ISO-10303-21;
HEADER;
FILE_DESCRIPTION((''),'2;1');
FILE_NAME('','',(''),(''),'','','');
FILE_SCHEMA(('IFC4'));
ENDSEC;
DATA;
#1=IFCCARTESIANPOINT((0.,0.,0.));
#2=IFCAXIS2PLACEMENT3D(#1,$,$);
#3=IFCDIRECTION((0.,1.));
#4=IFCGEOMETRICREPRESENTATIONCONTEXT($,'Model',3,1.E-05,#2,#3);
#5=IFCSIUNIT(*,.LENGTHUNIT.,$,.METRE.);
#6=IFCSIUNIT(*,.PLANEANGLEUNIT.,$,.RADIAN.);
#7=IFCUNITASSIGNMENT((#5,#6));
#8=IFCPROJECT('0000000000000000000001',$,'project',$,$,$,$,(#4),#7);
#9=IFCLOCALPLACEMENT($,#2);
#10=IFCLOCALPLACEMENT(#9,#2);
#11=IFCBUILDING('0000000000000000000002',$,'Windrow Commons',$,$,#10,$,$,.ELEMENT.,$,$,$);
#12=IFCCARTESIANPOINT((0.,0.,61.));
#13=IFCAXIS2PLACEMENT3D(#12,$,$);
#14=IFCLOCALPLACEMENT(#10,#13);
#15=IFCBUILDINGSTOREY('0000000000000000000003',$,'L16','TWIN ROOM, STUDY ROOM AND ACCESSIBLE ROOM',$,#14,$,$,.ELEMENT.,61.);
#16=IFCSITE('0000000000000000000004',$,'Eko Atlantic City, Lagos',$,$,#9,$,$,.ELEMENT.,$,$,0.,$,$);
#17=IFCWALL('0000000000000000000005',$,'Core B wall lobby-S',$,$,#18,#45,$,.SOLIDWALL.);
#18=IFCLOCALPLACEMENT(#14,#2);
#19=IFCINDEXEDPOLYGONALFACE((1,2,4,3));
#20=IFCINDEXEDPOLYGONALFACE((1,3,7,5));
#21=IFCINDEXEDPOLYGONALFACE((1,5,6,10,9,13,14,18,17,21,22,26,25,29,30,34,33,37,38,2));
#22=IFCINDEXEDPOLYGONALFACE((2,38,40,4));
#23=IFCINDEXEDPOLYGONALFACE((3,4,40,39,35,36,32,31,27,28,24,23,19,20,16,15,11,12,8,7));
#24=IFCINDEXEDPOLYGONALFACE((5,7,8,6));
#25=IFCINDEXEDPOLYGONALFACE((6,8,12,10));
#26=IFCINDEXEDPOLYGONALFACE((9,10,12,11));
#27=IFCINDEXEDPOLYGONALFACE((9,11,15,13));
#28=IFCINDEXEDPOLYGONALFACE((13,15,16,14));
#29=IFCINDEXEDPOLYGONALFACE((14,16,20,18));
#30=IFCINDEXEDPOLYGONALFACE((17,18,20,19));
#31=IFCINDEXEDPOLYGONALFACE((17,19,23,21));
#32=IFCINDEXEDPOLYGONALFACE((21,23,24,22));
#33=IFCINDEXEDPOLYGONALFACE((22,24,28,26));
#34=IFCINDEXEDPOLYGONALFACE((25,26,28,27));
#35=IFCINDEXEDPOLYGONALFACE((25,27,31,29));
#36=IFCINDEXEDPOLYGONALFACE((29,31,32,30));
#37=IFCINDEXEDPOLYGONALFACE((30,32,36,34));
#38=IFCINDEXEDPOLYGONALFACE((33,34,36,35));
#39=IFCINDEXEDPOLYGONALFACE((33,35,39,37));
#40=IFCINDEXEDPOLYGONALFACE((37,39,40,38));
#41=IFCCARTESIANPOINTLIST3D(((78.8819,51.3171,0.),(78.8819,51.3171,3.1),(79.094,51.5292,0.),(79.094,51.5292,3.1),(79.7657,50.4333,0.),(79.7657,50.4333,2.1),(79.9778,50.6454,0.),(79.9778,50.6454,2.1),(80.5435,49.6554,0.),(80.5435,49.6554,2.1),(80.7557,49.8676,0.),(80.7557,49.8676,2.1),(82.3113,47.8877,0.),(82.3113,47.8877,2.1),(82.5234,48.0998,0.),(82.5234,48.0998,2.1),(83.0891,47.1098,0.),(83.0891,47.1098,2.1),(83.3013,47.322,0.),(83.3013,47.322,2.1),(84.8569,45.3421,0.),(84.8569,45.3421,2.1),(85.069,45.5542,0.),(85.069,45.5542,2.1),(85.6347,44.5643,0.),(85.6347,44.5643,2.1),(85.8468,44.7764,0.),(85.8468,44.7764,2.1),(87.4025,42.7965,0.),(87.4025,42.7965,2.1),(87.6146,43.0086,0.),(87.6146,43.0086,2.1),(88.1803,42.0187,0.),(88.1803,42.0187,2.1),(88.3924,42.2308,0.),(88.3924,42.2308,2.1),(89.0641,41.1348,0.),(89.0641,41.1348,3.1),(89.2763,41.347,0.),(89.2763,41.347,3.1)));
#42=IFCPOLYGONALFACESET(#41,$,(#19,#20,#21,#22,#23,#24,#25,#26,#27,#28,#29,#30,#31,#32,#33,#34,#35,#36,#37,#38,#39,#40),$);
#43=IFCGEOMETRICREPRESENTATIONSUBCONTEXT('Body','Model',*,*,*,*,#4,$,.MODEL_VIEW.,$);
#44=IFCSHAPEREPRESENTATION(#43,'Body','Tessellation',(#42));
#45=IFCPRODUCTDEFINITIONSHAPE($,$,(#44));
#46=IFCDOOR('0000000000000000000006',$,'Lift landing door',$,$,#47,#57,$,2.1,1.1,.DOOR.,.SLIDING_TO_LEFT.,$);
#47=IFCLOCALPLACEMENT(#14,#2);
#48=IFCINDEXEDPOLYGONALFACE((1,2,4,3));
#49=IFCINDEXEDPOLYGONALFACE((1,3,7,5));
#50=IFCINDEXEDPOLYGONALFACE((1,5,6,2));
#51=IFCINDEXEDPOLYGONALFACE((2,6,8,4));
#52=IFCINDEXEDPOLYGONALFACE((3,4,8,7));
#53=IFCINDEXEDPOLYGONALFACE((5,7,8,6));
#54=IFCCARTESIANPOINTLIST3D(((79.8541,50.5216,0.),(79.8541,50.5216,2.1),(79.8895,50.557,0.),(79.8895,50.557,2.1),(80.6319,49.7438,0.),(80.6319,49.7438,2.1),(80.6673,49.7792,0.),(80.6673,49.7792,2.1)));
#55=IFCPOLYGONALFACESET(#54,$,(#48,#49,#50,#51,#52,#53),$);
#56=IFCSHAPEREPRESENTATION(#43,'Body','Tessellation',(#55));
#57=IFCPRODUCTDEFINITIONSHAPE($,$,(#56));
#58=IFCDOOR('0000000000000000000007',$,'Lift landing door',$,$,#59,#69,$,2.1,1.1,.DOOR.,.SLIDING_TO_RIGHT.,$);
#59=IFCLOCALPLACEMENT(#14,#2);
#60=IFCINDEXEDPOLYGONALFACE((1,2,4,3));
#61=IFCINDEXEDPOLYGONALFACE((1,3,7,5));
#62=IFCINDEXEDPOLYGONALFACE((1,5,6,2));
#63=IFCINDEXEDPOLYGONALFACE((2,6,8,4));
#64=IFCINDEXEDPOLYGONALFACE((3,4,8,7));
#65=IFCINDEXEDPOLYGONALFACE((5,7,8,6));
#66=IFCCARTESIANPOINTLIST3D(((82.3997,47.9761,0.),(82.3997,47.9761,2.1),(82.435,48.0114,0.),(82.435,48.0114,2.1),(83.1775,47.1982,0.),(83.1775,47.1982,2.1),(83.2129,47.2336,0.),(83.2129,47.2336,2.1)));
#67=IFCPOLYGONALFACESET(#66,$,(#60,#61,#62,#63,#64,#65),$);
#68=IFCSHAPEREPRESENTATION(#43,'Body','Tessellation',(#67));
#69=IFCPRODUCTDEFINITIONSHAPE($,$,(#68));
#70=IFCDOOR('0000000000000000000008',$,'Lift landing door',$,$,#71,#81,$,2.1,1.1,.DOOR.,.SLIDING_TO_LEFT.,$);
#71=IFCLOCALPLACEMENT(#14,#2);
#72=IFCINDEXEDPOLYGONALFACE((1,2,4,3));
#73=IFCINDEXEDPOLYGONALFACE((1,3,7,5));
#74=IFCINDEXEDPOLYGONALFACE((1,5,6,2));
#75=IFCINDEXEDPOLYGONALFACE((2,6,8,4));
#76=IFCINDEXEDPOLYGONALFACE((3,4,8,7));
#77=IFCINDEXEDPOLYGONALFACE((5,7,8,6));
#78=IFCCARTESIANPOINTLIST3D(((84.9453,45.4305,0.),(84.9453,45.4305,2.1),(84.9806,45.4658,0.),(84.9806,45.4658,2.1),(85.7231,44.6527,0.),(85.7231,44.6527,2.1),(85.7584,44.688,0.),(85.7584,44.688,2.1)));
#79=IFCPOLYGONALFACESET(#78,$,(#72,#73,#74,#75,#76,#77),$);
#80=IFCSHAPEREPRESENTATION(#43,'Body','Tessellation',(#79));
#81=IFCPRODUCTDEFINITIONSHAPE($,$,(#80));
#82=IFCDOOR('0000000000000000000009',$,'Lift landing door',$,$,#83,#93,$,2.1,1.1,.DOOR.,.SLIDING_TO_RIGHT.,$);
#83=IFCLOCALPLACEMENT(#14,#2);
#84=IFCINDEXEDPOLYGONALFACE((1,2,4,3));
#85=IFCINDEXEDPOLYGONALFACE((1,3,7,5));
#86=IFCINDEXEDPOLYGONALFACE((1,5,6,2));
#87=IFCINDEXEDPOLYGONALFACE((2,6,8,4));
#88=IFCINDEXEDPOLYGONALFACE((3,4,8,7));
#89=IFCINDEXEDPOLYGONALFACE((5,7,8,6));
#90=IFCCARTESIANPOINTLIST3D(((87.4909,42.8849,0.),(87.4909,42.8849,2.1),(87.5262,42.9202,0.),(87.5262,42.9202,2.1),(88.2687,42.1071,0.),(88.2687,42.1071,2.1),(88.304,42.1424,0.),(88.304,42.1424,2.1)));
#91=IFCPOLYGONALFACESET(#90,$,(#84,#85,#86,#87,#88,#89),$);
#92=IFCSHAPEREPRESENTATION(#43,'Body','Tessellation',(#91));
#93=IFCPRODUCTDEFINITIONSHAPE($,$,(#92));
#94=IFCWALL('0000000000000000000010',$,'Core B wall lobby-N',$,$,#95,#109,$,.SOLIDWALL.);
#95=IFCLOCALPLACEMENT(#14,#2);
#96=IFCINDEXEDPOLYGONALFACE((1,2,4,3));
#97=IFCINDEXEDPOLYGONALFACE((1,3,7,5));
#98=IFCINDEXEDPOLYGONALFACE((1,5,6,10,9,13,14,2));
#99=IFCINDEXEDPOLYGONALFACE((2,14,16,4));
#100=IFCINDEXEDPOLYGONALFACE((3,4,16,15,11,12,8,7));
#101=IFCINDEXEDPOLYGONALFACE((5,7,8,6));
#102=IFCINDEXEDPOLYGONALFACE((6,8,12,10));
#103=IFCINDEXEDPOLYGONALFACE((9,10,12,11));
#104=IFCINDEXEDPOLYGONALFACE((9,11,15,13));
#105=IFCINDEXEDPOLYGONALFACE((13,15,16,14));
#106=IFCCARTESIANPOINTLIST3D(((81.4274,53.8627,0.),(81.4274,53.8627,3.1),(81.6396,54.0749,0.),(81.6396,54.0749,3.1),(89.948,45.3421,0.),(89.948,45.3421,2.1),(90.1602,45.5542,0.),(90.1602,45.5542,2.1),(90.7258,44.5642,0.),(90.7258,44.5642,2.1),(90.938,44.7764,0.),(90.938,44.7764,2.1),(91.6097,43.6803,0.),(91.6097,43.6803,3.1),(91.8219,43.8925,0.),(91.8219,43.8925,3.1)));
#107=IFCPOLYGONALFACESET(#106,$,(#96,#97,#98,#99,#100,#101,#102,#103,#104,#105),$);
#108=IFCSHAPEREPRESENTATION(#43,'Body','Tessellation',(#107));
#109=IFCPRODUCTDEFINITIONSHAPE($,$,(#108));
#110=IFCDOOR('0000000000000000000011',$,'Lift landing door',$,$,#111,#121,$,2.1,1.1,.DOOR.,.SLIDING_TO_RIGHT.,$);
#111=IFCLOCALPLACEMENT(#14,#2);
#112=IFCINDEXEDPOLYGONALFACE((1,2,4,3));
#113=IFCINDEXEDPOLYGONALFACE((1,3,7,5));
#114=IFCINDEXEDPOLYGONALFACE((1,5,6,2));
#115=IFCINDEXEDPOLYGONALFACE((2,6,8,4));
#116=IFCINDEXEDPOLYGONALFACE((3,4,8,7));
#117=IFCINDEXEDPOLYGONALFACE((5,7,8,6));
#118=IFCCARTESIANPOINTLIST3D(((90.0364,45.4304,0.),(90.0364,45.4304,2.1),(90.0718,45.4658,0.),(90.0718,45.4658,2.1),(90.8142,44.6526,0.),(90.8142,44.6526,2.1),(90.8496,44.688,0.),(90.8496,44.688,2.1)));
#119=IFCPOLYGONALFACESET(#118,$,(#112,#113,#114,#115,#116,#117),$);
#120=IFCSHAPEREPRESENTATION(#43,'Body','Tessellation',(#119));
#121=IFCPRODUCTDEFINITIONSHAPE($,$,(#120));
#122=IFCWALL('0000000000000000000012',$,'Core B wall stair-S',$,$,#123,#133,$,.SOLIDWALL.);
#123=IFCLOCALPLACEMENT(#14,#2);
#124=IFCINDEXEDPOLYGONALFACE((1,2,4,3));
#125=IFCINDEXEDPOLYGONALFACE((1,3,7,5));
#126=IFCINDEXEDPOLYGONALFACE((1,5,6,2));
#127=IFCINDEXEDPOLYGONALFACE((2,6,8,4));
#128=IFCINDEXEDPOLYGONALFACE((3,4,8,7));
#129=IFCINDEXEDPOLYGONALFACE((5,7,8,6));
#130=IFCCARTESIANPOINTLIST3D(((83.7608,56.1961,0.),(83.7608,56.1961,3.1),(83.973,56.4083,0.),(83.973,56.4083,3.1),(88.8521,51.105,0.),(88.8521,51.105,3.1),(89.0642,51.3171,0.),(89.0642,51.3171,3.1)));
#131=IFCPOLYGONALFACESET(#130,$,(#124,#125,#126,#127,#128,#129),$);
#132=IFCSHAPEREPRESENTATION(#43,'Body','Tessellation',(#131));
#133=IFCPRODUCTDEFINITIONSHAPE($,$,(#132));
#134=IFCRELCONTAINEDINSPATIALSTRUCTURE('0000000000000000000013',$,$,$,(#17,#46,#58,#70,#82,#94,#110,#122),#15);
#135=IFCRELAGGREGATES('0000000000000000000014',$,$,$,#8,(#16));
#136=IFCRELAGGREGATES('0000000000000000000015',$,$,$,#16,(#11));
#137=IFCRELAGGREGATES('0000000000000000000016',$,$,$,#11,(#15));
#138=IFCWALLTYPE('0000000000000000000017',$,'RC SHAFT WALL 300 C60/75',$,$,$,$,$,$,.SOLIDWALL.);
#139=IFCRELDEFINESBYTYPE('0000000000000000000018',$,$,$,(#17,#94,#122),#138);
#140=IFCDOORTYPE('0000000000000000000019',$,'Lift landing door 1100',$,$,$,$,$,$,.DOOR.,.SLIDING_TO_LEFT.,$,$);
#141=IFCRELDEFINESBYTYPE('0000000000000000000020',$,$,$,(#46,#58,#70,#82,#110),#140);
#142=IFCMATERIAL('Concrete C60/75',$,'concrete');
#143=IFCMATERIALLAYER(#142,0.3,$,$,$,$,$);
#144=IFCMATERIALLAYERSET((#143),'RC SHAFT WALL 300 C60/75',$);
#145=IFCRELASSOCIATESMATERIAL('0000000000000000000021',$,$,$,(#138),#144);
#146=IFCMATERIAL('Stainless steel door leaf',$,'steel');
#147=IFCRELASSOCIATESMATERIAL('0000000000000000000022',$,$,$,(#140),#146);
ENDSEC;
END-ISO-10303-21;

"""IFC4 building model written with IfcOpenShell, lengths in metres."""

from ifc_helpers import new_model, si_unit, direction, frame, frame_2d, origin, place, context, subcontext, project, spatial, rectangle, extrude, material, layer, layer_set, type_object, element, fill, save


model = new_model("IFC4")

# Units and contexts
model_context = context("Model", 3, precision=1e-05, world=origin(), true_north=direction((0.0, 1.0)))
body_context = subcontext(model_context, "Body", "Model", "MODEL_VIEW")
ifc_project = project(units=[si_unit("LENGTHUNIT", "METRE"), si_unit("PLANEANGLEUNIT", "RADIAN")], contexts=[model_context])

# Site, building, storey
site_placement = place(None, origin())
site = spatial("IfcSite", under=ifc_project, at=site_placement, Name="Eko Atlantic City, Lagos", CompositionType="ELEMENT", RefElevation=0.0)
building_placement = place(site_placement, origin())
building = spatial("IfcBuilding", under=site, at=building_placement, Name="Windrow Commons", CompositionType="ELEMENT")
storey_placement = place(building_placement, frame((0.0, 0.0, 61.0)))
storey = spatial("IfcBuildingStorey", under=building, at=storey_placement, Name="L16", Description="TWIN ROOM, STUDY ROOM AND ACCESSIBLE ROOM", CompositionType="ELEMENT", Elevation=61.0)

# Shared definitions
ifc_material_1 = material(Name="Concrete C60/75", Category="concrete")
ifc_layer_1 = layer(ifc_material_1, 0.3)
ifc_layer_set_1 = layer_set([ifc_layer_1], Name="RC SHAFT WALL 300 C60/75")
wall_type_1 = type_object("IfcWallType", Name="RC SHAFT WALL 300 C60/75", PredefinedType="SOLIDWALL", material=ifc_layer_set_1)

# Wall, openings, doors
wall_1_placement = place(storey_placement, frame((78.9879, 51.4232, 0.0), z_axis=(0.0, 0.0, 1.0), x_axis=(0.707107, -0.707107, 0.0)))
wall_1 = element("IfcWall", 1, at=wall_1_placement, inside=storey, type_object=wall_type_1, Name="Core B wall lobby-S", PredefinedType="SOLIDWALL", context=body_context, shape_type="SweptSolid", body=[
    extrude(rectangle(XDim=14.3999, YDim=0.3, at=frame_2d((7.2, 0.0))), origin(), (0.0, 0.0, 1.0), 3.1),
])
opening_1_placement = place(wall_1_placement, frame((1.25, 0.0, 0.0)))
opening_1 = element("IfcOpeningElement", 2, at=opening_1_placement, cuts=wall_1, PredefinedType="OPENING", context=body_context, shape_type="SweptSolid", body=[
    extrude(rectangle(XDim=1.1, YDim=2.1, at=frame_2d((0.55, 1.05))), frame((0.0, 0.16, 0.0), z_axis=(0.0, -1.0, 0.0), x_axis=(1.0, 0.0, 0.0)), (0.0, 0.0, 1.0), 0.32),
])
opening_2_placement = place(wall_1_placement, frame((4.85, 0.0, 0.0)))
opening_2 = element("IfcOpeningElement", 3, at=opening_2_placement, cuts=wall_1, PredefinedType="OPENING", context=body_context, shape_type="SweptSolid", body=[
    extrude(rectangle(XDim=1.1, YDim=2.1, at=frame_2d((0.55, 1.05))), frame((0.0, 0.16, 0.0), z_axis=(0.0, -1.0, 0.0), x_axis=(1.0, 0.0, 0.0)), (0.0, 0.0, 1.0), 0.32),
])
opening_3_placement = place(wall_1_placement, frame((8.45, 0.0, 0.0)))
opening_3 = element("IfcOpeningElement", 4, at=opening_3_placement, cuts=wall_1, PredefinedType="OPENING", context=body_context, shape_type="SweptSolid", body=[
    extrude(rectangle(XDim=1.1, YDim=2.1, at=frame_2d((0.55, 1.05))), frame((0.0, 0.16, 0.0), z_axis=(0.0, -1.0, 0.0), x_axis=(1.0, 0.0, 0.0)), (0.0, 0.0, 1.0), 0.32),
])
opening_4_placement = place(wall_1_placement, frame((12.05, 0.0, 0.0)))
opening_4 = element("IfcOpeningElement", 5, at=opening_4_placement, cuts=wall_1, PredefinedType="OPENING", context=body_context, shape_type="SweptSolid", body=[
    extrude(rectangle(XDim=1.1, YDim=2.1, at=frame_2d((0.55, 1.05))), frame((0.0, 0.16, 0.0), z_axis=(0.0, -1.0, 0.0), x_axis=(1.0, 0.0, 0.0)), (0.0, 0.0, 1.0), 0.32),
])
ifc_material_2 = material(Name="Stainless steel door leaf", Category="steel")
door_type_1 = type_object("IfcDoorType", Name="Lift landing door 1100", OperationType="SLIDING_TO_LEFT", PredefinedType="DOOR", material=ifc_material_2)
door_1_placement = place(opening_1_placement, origin())
door_1 = element("IfcDoor", 6, at=door_1_placement, inside=storey, type_object=door_type_1, Name="Lift landing door", OperationType="SLIDING_TO_LEFT", OverallHeight=2.1, OverallWidth=1.1, PredefinedType="DOOR", context=body_context, shape_type="SweptSolid", body=[
    extrude(rectangle(XDim=1.1, YDim=2.1, at=frame_2d((0.55, 1.05))), frame((0.0, 0.025, 0.0), z_axis=(0.0, -1.0, 0.0), x_axis=(1.0, 0.0, 0.0)), (0.0, 0.0, 1.0), 0.05),
])
fill(opening_1, door_1)
door_2_placement = place(opening_2_placement, origin())
door_2 = element("IfcDoor", 7, at=door_2_placement, inside=storey, type_object=door_type_1, Name="Lift landing door", OperationType="SLIDING_TO_RIGHT", OverallHeight=2.1, OverallWidth=1.1, PredefinedType="DOOR", context=body_context, shape_type="SweptSolid", body=[
    extrude(rectangle(XDim=1.1, YDim=2.1, at=frame_2d((0.55, 1.05))), frame((0.0, 0.025, 0.0), z_axis=(0.0, -1.0, 0.0), x_axis=(1.0, 0.0, 0.0)), (0.0, 0.0, 1.0), 0.05),
])
fill(opening_2, door_2)
door_3_placement = place(opening_3_placement, origin())
door_3 = element("IfcDoor", 8, at=door_3_placement, inside=storey, type_object=door_type_1, Name="Lift landing door", OperationType="SLIDING_TO_LEFT", OverallHeight=2.1, OverallWidth=1.1, PredefinedType="DOOR", context=body_context, shape_type="SweptSolid", body=[
    extrude(rectangle(XDim=1.1, YDim=2.1, at=frame_2d((0.55, 1.05))), frame((0.0, 0.025, 0.0), z_axis=(0.0, -1.0, 0.0), x_axis=(1.0, 0.0, 0.0)), (0.0, 0.0, 1.0), 0.05),
])
fill(opening_3, door_3)
door_4_placement = place(opening_4_placement, origin())
door_4 = element("IfcDoor", 9, at=door_4_placement, inside=storey, type_object=door_type_1, Name="Lift landing door", OperationType="SLIDING_TO_RIGHT", OverallHeight=2.1, OverallWidth=1.1, PredefinedType="DOOR", context=body_context, shape_type="SweptSolid", body=[
    extrude(rectangle(XDim=1.1, YDim=2.1, at=frame_2d((0.55, 1.05))), frame((0.0, 0.025, 0.0), z_axis=(0.0, -1.0, 0.0), x_axis=(1.0, 0.0, 0.0)), (0.0, 0.0, 1.0), 0.05),
])
fill(opening_4, door_4)

# Wall, opening, door
wall_2_placement = place(storey_placement, frame((81.5335, 53.9688, 0.0), z_axis=(0.0, 0.0, 1.0), x_axis=(0.707103, -0.70711, 0.0)))
wall_2 = element("IfcWall", 10, at=wall_2_placement, inside=storey, type_object=wall_type_1, Name="Core B wall lobby-N", PredefinedType="SOLIDWALL", context=body_context, shape_type="SweptSolid", body=[
    extrude(rectangle(XDim=14.4, YDim=0.3, at=frame_2d((7.2, 0.0))), origin(), (0.0, 0.0, 1.0), 3.1),
])
opening_5_placement = place(wall_2_placement, frame((12.05, 0.0, 0.0)))
opening_5 = element("IfcOpeningElement", 11, at=opening_5_placement, cuts=wall_2, PredefinedType="OPENING", context=body_context, shape_type="SweptSolid", body=[
    extrude(rectangle(XDim=1.1, YDim=2.1, at=frame_2d((0.55, 1.05))), frame((0.0, 0.16, 0.0), z_axis=(0.0, -1.0, 0.0), x_axis=(1.0, 0.0, 0.0)), (0.0, 0.0, 1.0), 0.32),
])
door_5_placement = place(opening_5_placement, origin())
door_5 = element("IfcDoor", 12, at=door_5_placement, inside=storey, type_object=door_type_1, Name="Lift landing door", OperationType="SLIDING_TO_RIGHT", OverallHeight=2.1, OverallWidth=1.1, PredefinedType="DOOR", context=body_context, shape_type="SweptSolid", body=[
    extrude(rectangle(XDim=1.1, YDim=2.1, at=frame_2d((0.55, 1.05))), frame((0.0, 0.025, 0.0), z_axis=(0.0, -1.0, 0.0), x_axis=(1.0, 0.0, 0.0)), (0.0, 0.0, 1.0), 0.05),
])
fill(opening_5, door_5)

# Wall
wall_3_placement = place(storey_placement, frame((83.8669, 56.3022, 0.0), z_axis=(0.0, 0.0, 1.0), x_axis=(0.707114, -0.7071, 0.0)))
element("IfcWall", 13, at=wall_3_placement, inside=storey, type_object=wall_type_1, Name="Core B wall stair-S", PredefinedType="SOLIDWALL", context=body_context, shape_type="SweptSolid", body=[
    extrude(rectangle(XDim=7.2, YDim=0.3, at=frame_2d((3.6, 0.0))), origin(), (0.0, 0.0, 1.0), 3.1),
])

save(model, "model.ifc")
